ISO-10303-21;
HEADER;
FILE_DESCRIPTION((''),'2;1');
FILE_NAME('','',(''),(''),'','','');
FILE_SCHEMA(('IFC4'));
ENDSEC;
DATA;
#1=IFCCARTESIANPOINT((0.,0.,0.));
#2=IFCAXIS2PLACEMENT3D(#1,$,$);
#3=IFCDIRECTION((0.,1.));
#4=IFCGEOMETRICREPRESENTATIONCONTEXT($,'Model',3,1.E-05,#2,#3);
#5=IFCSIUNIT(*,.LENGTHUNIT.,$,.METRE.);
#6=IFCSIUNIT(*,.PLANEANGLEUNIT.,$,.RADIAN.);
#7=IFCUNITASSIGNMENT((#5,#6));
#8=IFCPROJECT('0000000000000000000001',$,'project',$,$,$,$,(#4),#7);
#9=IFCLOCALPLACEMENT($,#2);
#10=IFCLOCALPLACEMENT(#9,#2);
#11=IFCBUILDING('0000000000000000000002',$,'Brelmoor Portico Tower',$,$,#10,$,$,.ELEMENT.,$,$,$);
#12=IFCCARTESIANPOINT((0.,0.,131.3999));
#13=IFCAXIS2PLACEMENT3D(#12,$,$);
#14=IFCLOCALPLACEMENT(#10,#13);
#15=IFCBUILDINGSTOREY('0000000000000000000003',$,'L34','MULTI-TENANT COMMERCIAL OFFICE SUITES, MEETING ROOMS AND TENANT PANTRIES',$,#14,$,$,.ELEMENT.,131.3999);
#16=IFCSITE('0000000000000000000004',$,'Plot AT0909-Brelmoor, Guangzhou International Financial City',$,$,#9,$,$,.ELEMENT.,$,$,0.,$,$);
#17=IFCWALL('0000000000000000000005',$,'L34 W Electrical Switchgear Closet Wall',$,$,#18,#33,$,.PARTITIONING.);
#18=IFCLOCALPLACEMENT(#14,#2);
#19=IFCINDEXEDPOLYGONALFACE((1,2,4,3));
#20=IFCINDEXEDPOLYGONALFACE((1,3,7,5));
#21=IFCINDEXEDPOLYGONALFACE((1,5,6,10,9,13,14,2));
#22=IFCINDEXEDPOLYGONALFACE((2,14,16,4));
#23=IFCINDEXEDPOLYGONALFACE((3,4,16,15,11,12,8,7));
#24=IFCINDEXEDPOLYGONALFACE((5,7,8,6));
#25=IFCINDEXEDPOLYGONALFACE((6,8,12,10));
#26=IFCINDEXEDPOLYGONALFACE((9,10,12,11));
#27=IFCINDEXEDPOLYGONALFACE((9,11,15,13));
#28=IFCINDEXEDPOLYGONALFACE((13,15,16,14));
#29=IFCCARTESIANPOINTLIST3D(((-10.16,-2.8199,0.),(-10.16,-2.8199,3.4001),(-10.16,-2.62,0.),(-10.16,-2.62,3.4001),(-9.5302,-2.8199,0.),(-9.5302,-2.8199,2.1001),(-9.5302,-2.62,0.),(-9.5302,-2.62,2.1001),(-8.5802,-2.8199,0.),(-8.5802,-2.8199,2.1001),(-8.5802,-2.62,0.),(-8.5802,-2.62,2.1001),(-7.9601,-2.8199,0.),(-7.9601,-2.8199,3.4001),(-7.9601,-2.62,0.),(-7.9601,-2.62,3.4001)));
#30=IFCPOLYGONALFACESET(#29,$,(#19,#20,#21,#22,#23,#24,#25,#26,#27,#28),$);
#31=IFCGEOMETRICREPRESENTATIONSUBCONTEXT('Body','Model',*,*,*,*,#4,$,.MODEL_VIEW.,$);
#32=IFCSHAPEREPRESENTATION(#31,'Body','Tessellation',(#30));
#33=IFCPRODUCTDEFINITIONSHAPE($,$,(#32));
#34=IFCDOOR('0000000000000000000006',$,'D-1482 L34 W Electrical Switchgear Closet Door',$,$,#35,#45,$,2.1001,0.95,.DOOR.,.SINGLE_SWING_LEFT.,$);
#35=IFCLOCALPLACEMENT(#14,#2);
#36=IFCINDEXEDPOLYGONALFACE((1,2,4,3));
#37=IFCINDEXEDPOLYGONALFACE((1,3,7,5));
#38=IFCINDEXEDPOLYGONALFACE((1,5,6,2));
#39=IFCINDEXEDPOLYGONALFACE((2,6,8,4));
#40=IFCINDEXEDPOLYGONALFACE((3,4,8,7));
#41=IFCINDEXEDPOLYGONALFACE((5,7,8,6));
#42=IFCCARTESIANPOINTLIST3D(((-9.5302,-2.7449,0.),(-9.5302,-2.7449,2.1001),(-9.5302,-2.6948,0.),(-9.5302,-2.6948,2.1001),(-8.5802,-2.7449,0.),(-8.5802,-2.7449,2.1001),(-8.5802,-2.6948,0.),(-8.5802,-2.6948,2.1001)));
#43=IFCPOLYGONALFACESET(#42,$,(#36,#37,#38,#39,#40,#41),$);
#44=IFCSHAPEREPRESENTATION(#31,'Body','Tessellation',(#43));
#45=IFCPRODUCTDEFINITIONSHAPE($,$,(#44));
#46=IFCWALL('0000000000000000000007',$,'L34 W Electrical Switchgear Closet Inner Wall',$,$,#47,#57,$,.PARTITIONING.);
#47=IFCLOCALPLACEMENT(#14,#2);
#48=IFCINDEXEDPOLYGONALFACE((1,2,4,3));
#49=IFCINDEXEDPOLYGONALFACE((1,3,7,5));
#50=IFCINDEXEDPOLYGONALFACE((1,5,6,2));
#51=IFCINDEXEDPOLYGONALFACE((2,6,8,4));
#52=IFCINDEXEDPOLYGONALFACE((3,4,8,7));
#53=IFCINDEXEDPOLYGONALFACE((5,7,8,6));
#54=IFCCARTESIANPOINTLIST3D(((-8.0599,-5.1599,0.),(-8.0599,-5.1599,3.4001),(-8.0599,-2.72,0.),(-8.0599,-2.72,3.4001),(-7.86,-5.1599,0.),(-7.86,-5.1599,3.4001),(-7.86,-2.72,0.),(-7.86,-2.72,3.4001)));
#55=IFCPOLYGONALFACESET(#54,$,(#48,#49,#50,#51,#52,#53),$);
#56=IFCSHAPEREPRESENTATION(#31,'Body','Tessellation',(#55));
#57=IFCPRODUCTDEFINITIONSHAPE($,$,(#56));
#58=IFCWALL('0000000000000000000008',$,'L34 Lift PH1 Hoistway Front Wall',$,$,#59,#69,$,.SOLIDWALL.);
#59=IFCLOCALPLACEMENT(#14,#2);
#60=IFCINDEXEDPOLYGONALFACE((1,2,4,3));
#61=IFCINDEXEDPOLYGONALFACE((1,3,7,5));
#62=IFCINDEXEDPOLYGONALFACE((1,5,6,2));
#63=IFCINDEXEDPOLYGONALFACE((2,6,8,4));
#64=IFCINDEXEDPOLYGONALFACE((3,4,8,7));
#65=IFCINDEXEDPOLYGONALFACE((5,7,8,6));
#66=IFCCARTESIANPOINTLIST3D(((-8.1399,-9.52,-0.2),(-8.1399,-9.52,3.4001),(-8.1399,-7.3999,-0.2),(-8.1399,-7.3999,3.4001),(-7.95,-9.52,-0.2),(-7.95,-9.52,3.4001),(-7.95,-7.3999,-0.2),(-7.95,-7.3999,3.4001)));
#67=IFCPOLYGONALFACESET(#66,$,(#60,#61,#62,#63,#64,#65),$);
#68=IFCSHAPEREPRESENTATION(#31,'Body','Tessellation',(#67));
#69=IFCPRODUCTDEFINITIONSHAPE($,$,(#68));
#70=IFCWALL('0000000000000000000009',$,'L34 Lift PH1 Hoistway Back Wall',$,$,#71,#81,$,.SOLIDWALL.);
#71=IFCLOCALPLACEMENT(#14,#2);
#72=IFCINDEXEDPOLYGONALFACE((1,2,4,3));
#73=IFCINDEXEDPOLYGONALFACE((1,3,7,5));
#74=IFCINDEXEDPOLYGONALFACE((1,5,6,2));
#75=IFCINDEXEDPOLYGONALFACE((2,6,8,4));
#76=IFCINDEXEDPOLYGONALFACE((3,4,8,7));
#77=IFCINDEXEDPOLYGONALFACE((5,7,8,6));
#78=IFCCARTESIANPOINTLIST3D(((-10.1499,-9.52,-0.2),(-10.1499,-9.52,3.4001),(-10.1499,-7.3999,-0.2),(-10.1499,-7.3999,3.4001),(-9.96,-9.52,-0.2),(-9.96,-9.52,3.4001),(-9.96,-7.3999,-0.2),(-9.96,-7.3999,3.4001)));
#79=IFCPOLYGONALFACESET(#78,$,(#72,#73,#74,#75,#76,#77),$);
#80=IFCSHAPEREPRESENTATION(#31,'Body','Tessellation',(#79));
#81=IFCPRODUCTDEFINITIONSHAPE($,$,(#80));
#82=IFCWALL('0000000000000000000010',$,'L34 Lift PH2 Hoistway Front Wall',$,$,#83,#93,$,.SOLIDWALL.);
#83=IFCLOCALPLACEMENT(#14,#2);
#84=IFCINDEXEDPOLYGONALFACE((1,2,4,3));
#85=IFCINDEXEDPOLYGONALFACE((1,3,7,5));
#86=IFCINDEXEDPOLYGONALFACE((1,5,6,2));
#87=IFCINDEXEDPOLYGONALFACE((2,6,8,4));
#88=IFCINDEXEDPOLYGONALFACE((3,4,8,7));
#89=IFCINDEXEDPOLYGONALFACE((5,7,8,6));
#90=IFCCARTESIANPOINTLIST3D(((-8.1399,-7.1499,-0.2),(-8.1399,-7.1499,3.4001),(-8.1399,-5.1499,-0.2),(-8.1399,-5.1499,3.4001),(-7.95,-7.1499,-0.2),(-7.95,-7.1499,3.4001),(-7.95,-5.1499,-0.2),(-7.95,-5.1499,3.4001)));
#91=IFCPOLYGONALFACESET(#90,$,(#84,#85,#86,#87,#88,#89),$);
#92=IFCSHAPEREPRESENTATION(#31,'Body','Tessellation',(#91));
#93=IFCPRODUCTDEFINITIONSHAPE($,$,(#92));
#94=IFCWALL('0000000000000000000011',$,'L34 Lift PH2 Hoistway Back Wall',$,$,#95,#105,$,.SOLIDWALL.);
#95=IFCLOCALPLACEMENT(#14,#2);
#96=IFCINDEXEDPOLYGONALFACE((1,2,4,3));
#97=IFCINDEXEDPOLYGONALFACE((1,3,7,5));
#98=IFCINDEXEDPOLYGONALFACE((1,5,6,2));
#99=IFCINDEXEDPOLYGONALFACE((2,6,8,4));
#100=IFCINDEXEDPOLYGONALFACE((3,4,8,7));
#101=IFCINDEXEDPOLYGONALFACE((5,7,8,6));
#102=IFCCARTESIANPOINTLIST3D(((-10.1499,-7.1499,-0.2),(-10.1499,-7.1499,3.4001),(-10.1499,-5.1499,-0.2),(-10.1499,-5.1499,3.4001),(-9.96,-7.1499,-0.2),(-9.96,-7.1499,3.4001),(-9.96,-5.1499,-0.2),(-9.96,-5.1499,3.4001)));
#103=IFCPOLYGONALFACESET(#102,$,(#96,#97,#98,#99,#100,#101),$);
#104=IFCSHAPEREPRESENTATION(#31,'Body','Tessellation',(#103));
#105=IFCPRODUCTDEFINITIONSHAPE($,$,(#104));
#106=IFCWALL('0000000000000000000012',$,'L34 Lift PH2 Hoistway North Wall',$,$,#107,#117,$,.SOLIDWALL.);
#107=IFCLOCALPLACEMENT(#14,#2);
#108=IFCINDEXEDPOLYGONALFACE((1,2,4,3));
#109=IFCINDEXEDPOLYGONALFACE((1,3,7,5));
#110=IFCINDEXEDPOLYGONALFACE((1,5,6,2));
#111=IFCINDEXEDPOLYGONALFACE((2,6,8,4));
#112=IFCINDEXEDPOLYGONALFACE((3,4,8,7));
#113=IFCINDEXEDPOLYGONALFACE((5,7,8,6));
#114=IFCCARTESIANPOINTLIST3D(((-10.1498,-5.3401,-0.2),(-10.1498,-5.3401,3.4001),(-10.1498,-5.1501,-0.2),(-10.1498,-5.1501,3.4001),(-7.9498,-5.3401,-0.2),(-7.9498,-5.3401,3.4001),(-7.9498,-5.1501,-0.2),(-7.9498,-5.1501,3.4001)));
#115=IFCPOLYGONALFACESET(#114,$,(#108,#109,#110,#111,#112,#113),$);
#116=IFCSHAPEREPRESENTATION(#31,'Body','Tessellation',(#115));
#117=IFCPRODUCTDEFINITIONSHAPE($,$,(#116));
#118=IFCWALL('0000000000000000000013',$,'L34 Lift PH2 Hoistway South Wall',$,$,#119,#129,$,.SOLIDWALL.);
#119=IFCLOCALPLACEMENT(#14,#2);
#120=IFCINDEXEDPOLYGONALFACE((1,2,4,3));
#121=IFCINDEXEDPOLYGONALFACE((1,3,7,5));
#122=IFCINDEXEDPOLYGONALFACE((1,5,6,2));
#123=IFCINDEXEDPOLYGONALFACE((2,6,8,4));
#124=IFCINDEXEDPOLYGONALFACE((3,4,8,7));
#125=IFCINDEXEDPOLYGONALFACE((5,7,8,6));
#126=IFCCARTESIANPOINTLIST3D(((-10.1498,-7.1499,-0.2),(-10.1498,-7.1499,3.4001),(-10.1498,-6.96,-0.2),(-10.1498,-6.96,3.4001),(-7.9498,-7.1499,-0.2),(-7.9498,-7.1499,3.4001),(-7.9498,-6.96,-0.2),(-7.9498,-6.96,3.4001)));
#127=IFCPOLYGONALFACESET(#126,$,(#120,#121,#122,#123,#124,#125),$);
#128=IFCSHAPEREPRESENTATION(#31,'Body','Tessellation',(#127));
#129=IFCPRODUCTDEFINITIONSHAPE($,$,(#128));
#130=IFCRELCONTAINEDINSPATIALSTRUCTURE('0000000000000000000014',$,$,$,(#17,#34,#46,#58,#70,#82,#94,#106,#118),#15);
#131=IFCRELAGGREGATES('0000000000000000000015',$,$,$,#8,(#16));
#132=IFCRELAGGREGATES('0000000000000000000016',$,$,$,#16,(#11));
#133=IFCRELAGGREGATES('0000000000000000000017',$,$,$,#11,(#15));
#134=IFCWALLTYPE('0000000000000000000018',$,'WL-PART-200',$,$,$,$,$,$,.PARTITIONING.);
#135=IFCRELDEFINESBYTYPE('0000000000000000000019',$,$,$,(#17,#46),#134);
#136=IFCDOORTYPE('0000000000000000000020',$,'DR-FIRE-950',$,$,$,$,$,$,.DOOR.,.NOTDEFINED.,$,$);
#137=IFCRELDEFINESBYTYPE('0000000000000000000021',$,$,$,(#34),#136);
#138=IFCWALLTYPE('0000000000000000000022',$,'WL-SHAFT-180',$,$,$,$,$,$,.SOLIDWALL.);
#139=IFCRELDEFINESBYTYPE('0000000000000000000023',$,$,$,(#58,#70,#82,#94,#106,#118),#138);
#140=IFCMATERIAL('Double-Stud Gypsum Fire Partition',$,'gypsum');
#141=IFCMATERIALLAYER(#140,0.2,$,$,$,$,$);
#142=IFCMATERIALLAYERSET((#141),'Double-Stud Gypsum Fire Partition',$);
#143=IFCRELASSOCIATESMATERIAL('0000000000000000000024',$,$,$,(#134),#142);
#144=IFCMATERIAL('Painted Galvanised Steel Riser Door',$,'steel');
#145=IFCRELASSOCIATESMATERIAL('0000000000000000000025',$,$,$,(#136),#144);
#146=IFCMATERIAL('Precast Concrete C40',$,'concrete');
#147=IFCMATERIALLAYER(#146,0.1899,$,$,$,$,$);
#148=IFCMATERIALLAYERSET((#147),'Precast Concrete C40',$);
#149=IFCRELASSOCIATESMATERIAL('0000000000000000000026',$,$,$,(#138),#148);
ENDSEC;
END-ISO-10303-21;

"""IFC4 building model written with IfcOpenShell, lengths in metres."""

from ifc_helpers import new_model, si_unit, direction, frame, frame_2d, origin, place, context, subcontext, project, spatial, rectangle, extrude, material, layer, layer_set, type_object, element, fill, save


model = new_model("IFC4")

# Units and contexts
model_context = context("Model", 3, precision=1e-05, world=origin(), true_north=direction((0.0, 1.0)))
body_context = subcontext(model_context, "Body", "Model", "MODEL_VIEW")
ifc_project = project(units=[si_unit("LENGTHUNIT", "METRE"), si_unit("PLANEANGLEUNIT", "RADIAN")], contexts=[model_context])

# Site, building, storey
site_placement = place(None, origin())
site = spatial("IfcSite", under=ifc_project, at=site_placement, Name="Plot AT0909-Brelmoor, Guangzhou International Financial City", CompositionType="ELEMENT", RefElevation=0.0)
building_placement = place(site_placement, origin())
building = spatial("IfcBuilding", under=site, at=building_placement, Name="Brelmoor Portico Tower", CompositionType="ELEMENT")
storey_placement = place(building_placement, frame((0.0, 0.0, 131.3999)))
storey = spatial("IfcBuildingStorey", under=building, at=storey_placement, Name="L34", Description="MULTI-TENANT COMMERCIAL OFFICE SUITES, MEETING ROOMS AND TENANT PANTRIES", CompositionType="ELEMENT", Elevation=131.3999)

# Shared definitions
ifc_material_1 = material(Name="Double-Stud Gypsum Fire Partition", Category="gypsum")
ifc_layer_1 = layer(ifc_material_1, 0.2)
ifc_layer_set_1 = layer_set([ifc_layer_1], Name="Double-Stud Gypsum Fire Partition")
wall_type_1 = type_object("IfcWallType", Name="WL-PART-200", PredefinedType="PARTITIONING", material=ifc_layer_set_1)

# Wall, opening, door
wall_1_placement = place(storey_placement, frame((-7.96, -2.72, 0.0), z_axis=(0.0, 0.0, 1.0), x_axis=(-1.0, 0.0, 0.0)))
wall_1 = element("IfcWall", 1, at=wall_1_placement, inside=storey, type_object=wall_type_1, Name="L34 W Electrical Switchgear Closet Wall", PredefinedType="PARTITIONING", context=body_context, shape_type="SweptSolid", body=[
    extrude(rectangle(XDim=2.2, YDim=0.2, at=frame_2d((1.1001, 0.0))), origin(), (0.0, 0.0, 1.0), 3.4001),
])
opening_1_placement = place(wall_1_placement, frame((0.6201, 0.0, 0.0)))
opening_1 = element("IfcOpeningElement", 2, at=opening_1_placement, cuts=wall_1, PredefinedType="OPENING", context=body_context, shape_type="SweptSolid", body=[
    extrude(rectangle(XDim=0.95, YDim=2.1001, at=frame_2d((0.4751, 1.05))), frame((0.0, 0.1099, 0.0), z_axis=(0.0, -1.0, 0.0), x_axis=(1.0, 0.0, 0.0)), (0.0, 0.0, 1.0), 0.22),
])
ifc_material_2 = material(Name="Painted Galvanised Steel Riser Door", Category="steel")
door_type_1 = type_object("IfcDoorType", Name="DR-FIRE-950", OperationType="NOTDEFINED", PredefinedType="DOOR", material=ifc_material_2)
door_1_placement = place(opening_1_placement, origin())
door_1 = element("IfcDoor", 3, at=door_1_placement, inside=storey, type_object=door_type_1, Name="D-1482 L34 W Electrical Switchgear Closet Door", OperationType="SINGLE_SWING_LEFT", OverallHeight=2.1001, OverallWidth=0.95, PredefinedType="DOOR", context=body_context, shape_type="SweptSolid", body=[
    extrude(rectangle(XDim=0.95, YDim=2.1001, at=frame_2d((0.4751, 1.05))), frame((0.0, 0.0249, 0.0), z_axis=(0.0, -1.0, 0.0), x_axis=(1.0, 0.0, 0.0)), (0.0, 0.0, 1.0), 0.05),
])
fill(opening_1, door_1)

# Walls
wall_2_placement = place(storey_placement, frame((-7.96, -5.1599, 0.0), z_axis=(0.0, 0.0, 1.0), x_axis=(0.0, 1.0, 0.0)))
element("IfcWall", 4, at=wall_2_placement, inside=storey, type_object=wall_type_1, Name="L34 W Electrical Switchgear Closet Inner Wall", PredefinedType="PARTITIONING", context=body_context, shape_type="SweptSolid", body=[
    extrude(rectangle(XDim=2.4399, YDim=0.2, at=frame_2d((1.22, 0.0))), origin(), (0.0, 0.0, 1.0), 3.4001),
])
ifc_material_3 = material(Name="Precast Concrete C40", Category="concrete")
ifc_layer_2 = layer(ifc_material_3, 0.1899)
ifc_layer_set_2 = layer_set([ifc_layer_2], Name="Precast Concrete C40")
wall_type_2 = type_object("IfcWallType", Name="WL-SHAFT-180", PredefinedType="SOLIDWALL", material=ifc_layer_set_2)
for number, where, z_axis, x_axis, name in (
    (5, (-8.0449, -9.52, -0.2), (0.0, 0.0, 1.0), (0.0, 1.0, 0.0), "L34 Lift PH1 Hoistway Front Wall"),
    (6, (-10.0549, -9.52, -0.2), (0.0, 0.0, 1.0), (0.0, 1.0, 0.0), "L34 Lift PH1 Hoistway Back Wall"),
):
    element("IfcWall", number, at=place(storey_placement, frame(where, z_axis=z_axis, x_axis=x_axis)), inside=storey, type_object=wall_type_2, Name=name, PredefinedType="SOLIDWALL", context=body_context, shape_type="SweptSolid", body=[
        extrude(rectangle(XDim=2.1201, YDim=0.1899, at=frame_2d((1.0601, 0.0))), origin(), (0.0, 0.0, 1.0), 3.6001),
    ])
for number, where, z_axis, x_axis, name in (
    (7, (-8.0449, -7.1499, -0.2), (0.0, 0.0, 1.0), (0.0, 1.0, 0.0), "L34 Lift PH2 Hoistway Front Wall"),
    (8, (-10.0549, -7.1499, -0.2), (0.0, 0.0, 1.0), (0.0, 1.0, 0.0), "L34 Lift PH2 Hoistway Back Wall"),
):
    element("IfcWall", number, at=place(storey_placement, frame(where, z_axis=z_axis, x_axis=x_axis)), inside=storey, type_object=wall_type_2, Name=name, PredefinedType="SOLIDWALL", context=body_context, shape_type="SweptSolid", body=[
        extrude(rectangle(XDim=2.0, YDim=0.1899, at=frame_2d((1.0, 0.0))), origin(), (0.0, 0.0, 1.0), 3.6001),
    ])
for number, where, z_axis, x_axis, name in (
    (9, (-10.1499, -5.2451, -0.2), (0.0, 0.0, 1.0), (1.0, 0.0, 0.0), "L34 Lift PH2 Hoistway North Wall"),
    (10, (-10.1499, -7.0549, -0.2), (0.0, 0.0, 1.0), (1.0, 0.0, 0.0), "L34 Lift PH2 Hoistway South Wall"),
):
    element("IfcWall", number, at=place(storey_placement, frame(where, z_axis=z_axis, x_axis=x_axis)), inside=storey, type_object=wall_type_2, Name=name, PredefinedType="SOLIDWALL", context=body_context, shape_type="SweptSolid", body=[
        extrude(rectangle(XDim=2.2, YDim=0.1899, at=frame_2d((1.1001, 0.0))), origin(), (0.0, 0.0, 1.0), 3.6001),
    ])

save(model, "model.ifc")
